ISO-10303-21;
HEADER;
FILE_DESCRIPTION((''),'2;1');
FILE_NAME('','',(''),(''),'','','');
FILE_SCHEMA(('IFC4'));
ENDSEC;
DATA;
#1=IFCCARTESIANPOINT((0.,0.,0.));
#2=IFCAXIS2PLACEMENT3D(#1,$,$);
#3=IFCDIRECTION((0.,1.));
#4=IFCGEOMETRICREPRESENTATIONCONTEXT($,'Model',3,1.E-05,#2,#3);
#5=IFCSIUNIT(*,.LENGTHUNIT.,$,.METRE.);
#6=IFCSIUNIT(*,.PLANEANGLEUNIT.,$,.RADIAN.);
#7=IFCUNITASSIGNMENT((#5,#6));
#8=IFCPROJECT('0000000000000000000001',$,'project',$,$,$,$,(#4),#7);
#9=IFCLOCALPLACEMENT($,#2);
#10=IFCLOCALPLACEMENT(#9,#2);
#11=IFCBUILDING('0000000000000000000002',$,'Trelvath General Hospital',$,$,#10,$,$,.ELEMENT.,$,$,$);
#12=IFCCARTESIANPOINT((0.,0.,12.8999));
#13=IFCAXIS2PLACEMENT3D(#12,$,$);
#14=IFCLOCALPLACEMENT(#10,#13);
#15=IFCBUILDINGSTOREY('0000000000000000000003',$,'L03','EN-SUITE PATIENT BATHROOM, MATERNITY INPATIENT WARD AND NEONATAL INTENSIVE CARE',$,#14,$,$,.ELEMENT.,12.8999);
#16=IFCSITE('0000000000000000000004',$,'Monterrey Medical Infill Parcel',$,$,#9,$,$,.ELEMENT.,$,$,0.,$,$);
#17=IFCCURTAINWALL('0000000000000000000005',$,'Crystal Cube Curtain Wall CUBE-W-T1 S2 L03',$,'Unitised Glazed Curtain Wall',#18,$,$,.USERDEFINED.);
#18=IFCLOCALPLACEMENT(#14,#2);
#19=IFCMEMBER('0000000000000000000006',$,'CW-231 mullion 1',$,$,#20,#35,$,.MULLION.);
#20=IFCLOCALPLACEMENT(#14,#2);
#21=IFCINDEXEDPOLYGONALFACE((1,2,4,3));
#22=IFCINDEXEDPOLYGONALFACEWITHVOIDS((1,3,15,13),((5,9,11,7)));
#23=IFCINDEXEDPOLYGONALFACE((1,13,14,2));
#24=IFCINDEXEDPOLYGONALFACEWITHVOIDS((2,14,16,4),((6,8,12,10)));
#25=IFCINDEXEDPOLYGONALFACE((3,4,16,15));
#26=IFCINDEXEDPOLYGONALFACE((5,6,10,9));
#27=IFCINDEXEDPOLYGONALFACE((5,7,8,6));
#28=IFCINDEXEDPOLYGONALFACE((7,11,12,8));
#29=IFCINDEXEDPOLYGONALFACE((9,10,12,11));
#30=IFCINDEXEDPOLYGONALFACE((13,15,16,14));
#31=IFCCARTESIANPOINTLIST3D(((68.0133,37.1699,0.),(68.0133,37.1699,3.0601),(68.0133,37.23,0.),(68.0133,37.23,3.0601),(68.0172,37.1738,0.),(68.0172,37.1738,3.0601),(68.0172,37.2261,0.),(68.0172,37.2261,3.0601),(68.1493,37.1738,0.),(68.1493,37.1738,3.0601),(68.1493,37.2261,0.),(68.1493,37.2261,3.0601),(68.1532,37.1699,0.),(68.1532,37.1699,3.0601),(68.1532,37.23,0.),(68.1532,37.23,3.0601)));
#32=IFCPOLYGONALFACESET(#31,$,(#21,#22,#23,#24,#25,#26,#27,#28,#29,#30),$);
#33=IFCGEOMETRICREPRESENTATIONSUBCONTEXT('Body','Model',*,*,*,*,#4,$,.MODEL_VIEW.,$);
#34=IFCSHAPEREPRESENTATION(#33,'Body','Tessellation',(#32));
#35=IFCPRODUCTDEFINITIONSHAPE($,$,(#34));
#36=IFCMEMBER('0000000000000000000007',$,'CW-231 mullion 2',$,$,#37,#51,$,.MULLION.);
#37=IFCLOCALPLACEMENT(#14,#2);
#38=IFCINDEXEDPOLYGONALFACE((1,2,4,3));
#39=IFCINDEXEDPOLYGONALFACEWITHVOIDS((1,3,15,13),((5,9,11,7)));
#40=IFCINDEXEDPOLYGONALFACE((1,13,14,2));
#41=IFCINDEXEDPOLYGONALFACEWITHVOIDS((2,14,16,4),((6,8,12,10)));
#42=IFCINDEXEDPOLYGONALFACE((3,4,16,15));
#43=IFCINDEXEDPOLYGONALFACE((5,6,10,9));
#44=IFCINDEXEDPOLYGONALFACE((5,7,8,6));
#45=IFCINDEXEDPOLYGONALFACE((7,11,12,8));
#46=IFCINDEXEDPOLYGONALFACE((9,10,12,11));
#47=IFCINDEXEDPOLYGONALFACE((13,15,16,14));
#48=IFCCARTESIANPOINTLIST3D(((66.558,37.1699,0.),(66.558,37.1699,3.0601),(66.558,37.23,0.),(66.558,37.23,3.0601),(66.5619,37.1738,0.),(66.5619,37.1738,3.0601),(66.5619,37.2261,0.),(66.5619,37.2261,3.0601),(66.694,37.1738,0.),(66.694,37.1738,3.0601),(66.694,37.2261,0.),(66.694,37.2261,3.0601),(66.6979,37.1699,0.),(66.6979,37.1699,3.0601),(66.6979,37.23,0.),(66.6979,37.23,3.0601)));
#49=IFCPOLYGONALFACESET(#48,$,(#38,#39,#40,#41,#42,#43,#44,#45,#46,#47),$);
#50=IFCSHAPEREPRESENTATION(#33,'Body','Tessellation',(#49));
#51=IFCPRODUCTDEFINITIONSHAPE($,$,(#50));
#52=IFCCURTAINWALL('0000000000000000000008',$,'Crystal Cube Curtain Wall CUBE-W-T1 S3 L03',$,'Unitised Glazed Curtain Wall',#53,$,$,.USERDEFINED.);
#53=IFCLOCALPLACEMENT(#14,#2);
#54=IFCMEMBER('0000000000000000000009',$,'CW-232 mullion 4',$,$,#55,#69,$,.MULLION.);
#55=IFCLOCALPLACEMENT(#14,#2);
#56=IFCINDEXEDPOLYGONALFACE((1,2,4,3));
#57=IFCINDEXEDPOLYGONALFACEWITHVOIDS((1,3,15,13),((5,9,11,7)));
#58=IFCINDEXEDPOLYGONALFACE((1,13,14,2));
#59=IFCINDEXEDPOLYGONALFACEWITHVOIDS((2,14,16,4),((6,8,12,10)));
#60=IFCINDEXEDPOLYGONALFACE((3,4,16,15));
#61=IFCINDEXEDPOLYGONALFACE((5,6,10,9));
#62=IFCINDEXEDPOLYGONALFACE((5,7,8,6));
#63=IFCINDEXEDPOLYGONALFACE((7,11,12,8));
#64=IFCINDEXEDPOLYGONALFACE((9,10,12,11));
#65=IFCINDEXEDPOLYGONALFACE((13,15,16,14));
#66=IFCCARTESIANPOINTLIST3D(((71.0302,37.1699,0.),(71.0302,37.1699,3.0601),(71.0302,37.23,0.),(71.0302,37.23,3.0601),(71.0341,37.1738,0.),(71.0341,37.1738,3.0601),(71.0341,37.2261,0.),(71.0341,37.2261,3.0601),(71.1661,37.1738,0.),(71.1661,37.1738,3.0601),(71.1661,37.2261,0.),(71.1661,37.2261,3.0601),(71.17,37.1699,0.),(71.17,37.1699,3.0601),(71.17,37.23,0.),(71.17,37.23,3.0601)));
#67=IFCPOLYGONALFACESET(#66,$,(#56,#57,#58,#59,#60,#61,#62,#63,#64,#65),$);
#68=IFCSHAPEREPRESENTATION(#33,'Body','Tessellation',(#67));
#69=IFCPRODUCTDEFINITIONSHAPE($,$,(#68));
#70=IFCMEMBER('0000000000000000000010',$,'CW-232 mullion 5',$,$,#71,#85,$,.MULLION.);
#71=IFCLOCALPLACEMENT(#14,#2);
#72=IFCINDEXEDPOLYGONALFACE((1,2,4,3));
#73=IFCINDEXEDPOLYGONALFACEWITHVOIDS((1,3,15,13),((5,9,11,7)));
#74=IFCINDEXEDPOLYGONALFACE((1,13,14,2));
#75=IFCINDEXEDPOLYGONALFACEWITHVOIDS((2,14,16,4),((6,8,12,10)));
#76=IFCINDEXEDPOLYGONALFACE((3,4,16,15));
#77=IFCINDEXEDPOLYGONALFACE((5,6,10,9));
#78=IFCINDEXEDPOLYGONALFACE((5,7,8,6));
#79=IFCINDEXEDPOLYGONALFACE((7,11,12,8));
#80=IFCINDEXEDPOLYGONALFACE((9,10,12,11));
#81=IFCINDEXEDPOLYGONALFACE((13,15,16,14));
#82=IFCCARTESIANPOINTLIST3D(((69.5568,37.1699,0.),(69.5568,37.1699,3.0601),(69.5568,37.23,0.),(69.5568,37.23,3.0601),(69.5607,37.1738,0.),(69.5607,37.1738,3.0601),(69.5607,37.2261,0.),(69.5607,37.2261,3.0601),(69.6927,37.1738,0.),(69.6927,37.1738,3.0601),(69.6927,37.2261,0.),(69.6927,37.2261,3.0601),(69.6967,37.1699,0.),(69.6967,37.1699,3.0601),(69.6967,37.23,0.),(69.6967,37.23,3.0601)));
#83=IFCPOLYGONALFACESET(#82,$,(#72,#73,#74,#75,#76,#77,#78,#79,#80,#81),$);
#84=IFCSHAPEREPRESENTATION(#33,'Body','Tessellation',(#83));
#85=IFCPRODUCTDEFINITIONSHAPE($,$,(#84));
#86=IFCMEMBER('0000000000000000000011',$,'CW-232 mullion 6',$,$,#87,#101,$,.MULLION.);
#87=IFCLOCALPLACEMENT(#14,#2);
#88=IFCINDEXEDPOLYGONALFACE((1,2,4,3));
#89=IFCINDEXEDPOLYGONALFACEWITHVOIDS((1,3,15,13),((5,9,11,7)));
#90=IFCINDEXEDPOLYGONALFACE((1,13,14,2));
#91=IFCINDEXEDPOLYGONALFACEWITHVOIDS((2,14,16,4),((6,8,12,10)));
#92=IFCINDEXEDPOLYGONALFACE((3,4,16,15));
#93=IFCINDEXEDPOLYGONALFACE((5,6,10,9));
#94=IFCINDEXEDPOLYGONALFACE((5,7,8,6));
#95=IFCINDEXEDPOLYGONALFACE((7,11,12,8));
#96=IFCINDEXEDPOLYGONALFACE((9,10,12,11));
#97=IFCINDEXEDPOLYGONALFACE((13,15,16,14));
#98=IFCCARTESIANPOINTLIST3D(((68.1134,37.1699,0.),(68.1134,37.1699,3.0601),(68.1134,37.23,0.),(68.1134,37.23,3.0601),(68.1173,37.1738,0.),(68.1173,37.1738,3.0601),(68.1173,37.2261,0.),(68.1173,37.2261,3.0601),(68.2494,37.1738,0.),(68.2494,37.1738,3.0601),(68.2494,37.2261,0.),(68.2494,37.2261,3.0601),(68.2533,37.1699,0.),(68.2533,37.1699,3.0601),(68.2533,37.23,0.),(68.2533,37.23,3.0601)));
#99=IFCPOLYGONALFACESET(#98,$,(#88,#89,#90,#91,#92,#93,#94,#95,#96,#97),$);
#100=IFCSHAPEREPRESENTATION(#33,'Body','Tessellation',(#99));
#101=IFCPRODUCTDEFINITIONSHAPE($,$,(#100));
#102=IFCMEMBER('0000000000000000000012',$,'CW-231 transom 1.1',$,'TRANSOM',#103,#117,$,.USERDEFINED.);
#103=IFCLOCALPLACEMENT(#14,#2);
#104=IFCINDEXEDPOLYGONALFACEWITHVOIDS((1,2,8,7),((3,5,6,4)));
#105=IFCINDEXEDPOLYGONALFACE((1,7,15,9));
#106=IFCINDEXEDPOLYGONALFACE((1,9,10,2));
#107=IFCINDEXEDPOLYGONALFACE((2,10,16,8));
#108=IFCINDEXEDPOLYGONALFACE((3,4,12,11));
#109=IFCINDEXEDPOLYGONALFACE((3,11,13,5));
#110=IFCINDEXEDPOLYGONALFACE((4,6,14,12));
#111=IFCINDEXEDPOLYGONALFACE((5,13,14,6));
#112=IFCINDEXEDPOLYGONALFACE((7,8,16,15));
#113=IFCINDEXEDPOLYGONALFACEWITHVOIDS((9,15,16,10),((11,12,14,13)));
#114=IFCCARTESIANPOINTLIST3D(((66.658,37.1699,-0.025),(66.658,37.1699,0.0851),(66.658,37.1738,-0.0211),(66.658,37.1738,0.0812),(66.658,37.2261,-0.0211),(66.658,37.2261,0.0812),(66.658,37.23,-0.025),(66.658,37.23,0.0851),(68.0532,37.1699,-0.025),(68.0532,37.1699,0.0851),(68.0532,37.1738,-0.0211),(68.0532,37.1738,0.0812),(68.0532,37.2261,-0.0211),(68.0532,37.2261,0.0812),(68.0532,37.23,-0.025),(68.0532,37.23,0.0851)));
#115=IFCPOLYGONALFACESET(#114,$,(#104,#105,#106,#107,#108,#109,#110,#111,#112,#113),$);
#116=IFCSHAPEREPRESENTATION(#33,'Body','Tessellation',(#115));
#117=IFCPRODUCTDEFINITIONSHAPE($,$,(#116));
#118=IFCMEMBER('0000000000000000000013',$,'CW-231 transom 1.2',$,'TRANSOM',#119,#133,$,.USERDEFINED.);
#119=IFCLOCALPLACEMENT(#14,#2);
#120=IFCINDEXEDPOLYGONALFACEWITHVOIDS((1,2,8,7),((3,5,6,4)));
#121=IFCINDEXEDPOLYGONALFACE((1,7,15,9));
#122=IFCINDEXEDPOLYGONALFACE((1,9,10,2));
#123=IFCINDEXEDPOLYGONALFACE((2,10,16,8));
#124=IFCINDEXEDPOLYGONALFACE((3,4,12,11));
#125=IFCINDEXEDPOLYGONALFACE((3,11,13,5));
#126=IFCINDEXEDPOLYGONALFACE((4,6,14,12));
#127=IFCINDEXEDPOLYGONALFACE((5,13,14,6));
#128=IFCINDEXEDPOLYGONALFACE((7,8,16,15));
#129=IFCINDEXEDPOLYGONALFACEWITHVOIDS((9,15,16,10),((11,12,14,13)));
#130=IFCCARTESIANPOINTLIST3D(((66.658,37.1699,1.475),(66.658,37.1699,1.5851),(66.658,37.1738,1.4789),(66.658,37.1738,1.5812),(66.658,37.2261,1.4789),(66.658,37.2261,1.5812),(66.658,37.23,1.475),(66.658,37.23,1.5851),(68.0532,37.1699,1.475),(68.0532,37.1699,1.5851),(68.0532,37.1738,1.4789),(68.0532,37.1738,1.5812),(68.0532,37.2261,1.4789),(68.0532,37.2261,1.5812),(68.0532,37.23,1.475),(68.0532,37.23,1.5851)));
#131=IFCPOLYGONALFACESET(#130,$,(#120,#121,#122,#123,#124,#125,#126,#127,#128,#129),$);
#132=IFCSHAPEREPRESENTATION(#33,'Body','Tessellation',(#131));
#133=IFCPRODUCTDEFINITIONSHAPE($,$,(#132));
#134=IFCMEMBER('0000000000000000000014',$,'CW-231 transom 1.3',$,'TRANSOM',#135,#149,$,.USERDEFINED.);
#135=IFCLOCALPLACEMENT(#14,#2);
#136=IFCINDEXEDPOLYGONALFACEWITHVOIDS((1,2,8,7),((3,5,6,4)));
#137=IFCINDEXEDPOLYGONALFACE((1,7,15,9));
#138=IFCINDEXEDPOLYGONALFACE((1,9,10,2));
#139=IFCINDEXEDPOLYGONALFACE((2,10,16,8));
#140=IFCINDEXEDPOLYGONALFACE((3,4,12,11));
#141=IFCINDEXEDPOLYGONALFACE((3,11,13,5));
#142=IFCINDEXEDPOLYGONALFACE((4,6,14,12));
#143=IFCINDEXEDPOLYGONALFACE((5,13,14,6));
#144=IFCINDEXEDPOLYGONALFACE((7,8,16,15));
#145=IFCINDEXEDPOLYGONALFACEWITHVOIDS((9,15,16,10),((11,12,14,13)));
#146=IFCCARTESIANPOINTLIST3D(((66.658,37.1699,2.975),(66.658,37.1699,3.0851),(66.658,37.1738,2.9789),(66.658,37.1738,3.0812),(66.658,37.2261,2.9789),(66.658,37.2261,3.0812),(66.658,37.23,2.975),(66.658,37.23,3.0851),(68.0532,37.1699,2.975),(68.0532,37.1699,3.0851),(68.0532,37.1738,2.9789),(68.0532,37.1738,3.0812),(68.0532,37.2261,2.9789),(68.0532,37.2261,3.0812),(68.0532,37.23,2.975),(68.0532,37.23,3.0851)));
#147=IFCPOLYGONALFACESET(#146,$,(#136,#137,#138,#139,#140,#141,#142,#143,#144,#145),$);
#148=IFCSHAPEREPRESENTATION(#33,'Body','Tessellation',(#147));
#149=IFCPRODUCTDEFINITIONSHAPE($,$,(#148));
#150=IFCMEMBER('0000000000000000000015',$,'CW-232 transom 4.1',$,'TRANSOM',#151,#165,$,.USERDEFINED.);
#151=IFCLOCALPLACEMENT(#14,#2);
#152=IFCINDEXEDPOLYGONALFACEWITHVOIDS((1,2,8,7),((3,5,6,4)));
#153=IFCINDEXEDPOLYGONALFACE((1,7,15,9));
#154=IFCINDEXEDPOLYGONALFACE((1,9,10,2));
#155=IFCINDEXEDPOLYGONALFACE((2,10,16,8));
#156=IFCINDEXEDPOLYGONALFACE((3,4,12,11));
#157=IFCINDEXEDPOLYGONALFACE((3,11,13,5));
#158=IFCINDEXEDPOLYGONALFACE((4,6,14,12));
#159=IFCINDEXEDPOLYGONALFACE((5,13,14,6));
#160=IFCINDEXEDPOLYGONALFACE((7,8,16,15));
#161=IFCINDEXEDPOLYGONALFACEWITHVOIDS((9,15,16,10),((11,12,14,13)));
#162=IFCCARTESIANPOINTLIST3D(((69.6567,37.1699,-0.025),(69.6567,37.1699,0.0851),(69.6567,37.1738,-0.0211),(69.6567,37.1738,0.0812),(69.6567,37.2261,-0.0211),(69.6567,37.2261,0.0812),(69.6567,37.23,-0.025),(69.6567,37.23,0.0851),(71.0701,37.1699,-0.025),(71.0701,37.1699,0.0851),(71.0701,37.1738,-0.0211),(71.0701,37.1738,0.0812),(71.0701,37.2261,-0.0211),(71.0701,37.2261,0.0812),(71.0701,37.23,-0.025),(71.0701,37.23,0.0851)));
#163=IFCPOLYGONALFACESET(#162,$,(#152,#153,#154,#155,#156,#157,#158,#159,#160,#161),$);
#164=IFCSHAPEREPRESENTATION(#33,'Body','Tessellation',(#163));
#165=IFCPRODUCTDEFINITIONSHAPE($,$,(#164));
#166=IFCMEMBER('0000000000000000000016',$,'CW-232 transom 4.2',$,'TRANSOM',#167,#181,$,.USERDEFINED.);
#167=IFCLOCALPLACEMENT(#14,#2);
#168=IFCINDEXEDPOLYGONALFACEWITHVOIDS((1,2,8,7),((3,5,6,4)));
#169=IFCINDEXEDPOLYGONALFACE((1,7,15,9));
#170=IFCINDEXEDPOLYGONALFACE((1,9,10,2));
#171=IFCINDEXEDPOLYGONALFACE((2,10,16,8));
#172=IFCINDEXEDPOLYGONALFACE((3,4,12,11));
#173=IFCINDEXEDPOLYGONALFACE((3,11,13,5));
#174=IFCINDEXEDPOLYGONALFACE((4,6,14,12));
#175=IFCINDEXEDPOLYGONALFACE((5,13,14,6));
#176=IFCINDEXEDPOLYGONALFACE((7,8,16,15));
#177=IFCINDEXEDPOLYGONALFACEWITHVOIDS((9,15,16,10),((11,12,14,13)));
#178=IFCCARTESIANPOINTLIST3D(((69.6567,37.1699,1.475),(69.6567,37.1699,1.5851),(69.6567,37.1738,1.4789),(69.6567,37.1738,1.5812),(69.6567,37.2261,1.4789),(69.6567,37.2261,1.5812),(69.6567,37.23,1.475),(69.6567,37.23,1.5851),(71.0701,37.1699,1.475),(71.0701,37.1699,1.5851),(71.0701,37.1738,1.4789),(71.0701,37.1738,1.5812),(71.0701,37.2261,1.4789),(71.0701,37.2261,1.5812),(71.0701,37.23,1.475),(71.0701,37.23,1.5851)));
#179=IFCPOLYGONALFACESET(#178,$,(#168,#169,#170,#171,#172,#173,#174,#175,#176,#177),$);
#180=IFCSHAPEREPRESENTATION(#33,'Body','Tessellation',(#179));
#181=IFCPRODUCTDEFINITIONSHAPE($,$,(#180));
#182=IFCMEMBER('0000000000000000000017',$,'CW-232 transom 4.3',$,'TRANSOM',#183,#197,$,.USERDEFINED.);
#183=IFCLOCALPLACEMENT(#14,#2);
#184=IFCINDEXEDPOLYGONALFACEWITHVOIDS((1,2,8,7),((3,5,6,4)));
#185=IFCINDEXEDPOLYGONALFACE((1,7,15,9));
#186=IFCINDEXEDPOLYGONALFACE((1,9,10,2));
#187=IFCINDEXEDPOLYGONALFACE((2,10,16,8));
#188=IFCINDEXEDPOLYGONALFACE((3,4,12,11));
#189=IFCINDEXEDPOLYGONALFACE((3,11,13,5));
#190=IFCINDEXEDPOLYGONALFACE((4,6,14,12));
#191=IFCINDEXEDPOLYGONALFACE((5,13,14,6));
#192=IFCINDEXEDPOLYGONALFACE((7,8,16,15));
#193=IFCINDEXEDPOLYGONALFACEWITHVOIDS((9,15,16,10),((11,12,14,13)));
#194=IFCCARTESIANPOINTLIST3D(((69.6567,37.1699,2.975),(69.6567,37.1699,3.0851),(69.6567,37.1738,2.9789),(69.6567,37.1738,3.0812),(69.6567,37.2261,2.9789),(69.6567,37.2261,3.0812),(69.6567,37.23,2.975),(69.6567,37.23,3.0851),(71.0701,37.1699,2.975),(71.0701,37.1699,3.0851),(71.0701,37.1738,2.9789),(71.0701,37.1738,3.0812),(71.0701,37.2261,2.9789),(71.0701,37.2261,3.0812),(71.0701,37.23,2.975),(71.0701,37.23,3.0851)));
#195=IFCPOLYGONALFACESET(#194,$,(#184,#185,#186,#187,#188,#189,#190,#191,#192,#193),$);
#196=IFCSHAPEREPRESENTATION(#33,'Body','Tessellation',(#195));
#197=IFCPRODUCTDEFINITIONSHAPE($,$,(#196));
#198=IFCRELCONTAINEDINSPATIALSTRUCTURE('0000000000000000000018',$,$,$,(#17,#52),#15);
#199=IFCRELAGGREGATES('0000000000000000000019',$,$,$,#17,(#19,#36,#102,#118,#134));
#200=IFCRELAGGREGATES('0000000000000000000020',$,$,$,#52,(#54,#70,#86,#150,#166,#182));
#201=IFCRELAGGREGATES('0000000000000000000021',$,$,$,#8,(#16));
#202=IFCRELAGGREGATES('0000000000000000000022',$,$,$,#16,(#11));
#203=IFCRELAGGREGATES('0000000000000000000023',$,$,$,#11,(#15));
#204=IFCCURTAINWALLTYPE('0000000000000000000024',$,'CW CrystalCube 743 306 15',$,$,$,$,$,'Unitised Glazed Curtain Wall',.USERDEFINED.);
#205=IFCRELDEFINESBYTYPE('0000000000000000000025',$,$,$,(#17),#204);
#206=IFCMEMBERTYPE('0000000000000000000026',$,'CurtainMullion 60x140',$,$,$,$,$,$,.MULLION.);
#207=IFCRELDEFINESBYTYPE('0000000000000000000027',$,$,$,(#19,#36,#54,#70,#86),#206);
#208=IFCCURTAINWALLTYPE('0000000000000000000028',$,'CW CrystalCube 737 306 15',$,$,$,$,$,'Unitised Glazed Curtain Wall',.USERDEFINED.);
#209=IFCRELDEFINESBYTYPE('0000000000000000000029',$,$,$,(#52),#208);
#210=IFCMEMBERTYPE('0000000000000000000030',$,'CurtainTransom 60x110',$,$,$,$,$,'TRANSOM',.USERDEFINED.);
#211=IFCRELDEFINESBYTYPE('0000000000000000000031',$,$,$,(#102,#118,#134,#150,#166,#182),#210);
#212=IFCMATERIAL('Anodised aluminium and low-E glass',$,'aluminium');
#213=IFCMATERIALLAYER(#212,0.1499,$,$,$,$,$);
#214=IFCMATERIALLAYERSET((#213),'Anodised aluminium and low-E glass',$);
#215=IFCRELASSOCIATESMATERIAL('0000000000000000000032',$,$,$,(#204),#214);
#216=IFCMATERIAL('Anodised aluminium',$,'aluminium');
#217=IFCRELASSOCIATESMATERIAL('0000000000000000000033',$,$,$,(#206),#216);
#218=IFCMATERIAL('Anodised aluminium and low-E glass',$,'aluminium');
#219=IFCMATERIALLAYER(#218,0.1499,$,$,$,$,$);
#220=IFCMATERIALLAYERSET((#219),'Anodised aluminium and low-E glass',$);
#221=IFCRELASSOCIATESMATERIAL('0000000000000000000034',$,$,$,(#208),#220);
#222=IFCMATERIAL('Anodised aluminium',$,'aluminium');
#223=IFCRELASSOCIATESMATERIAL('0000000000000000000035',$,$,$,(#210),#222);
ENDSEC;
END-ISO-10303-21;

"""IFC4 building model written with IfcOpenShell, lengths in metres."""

from ifc_helpers import new_model, si_unit, direction, frame, origin, origin_2d, place, context, subcontext, project, spatial, hollow_rectangle, extrude, material, layer, layer_set, material_profile, profile_set, type_object, element, aggregate, save


model = new_model("IFC4")

# Units and contexts
model_context = context("Model", 3, precision=1e-05, world=origin(), true_north=direction((0.0, 1.0)))
body_context = subcontext(model_context, "Body", "Model", "MODEL_VIEW")
ifc_project = project(units=[si_unit("LENGTHUNIT", "METRE"), si_unit("PLANEANGLEUNIT", "RADIAN")], contexts=[model_context])

# Site, building, storey
site_placement = place(None, origin())
site = spatial("IfcSite", under=ifc_project, at=site_placement, Name="Monterrey Medical Infill Parcel", CompositionType="ELEMENT", RefElevation=0.0)
building_placement = place(site_placement, origin())
building = spatial("IfcBuilding", under=site, at=building_placement, Name="Trelvath General Hospital", CompositionType="ELEMENT")
storey_placement = place(building_placement, frame((0.0, 0.0, 12.8999)))
storey = spatial("IfcBuildingStorey", under=building, at=storey_placement, Name="L03", Description="EN-SUITE PATIENT BATHROOM, MATERNITY INPATIENT WARD AND NEONATAL INTENSIVE CARE", CompositionType="ELEMENT", Elevation=12.8999)

# Curtain walls, members
ifc_material_1 = material(Name="Anodised aluminium and low-E glass", Category="aluminium")
ifc_layer_1 = layer(ifc_material_1, 0.1499)
ifc_layer_set_1 = layer_set([ifc_layer_1], Name="Anodised aluminium and low-E glass")
curtain_wall_type_1 = type_object("IfcCurtainWallType", Name="CW CrystalCube 743 306 15", ElementType="Unitised Glazed Curtain Wall", PredefinedType="USERDEFINED", material=ifc_layer_set_1)
curtain_wall_1_placement = place(storey_placement, origin())
curtain_wall_1 = element("IfcCurtainWall", 1, at=curtain_wall_1_placement, inside=storey, type_object=curtain_wall_type_1, Name="Crystal Cube Curtain Wall CUBE-W-T1 S2 L03", ObjectType="Unitised Glazed Curtain Wall", PredefinedType="USERDEFINED")
ifc_material_2 = material(Name="Anodised aluminium", Category="aluminium")
ifc_material_profile_1 = material_profile(ifc_material_2, hollow_rectangle(XDim=0.0601, YDim=0.1399, WallThickness=0.0039, at=origin_2d()), Name="RHS60x140x4")
ifc_profile_set_1 = profile_set([ifc_material_profile_1], Name="Anodised aluminium")
member_type_1 = type_object("IfcMemberType", Name="CurtainMullion 60x140", PredefinedType="MULLION", material=ifc_profile_set_1)
member_1_placement = place(storey_placement, frame((68.0833, 37.2, 0.0), z_axis=(0.0, 0.0, 1.0), x_axis=(0.0, -1.0, 0.0)))
member_1 = element("IfcMember", 2, at=member_1_placement, type_object=member_type_1, Name="CW-231 mullion 1", PredefinedType="MULLION", context=body_context, shape_type="SweptSolid", body=[
    extrude(hollow_rectangle(XDim=0.0601, YDim=0.1399, WallThickness=0.0039, at=origin_2d()), origin(), (0.0, 0.0, 1.0), 3.0601),
])
member_2_placement = place(storey_placement, frame((66.6279, 37.2, 0.0), z_axis=(0.0, 0.0, 1.0), x_axis=(0.0, -1.0, 0.0)))
member_2 = element("IfcMember", 3, at=member_2_placement, type_object=member_type_1, Name="CW-231 mullion 2", PredefinedType="MULLION", context=body_context, shape_type="SweptSolid", body=[
    extrude(hollow_rectangle(XDim=0.0601, YDim=0.1399, WallThickness=0.0039, at=origin_2d()), origin(), (0.0, 0.0, 1.0), 3.0601),
])
ifc_material_3 = material(Name="Anodised aluminium and low-E glass", Category="aluminium")
ifc_layer_2 = layer(ifc_material_3, 0.1499)
ifc_layer_set_2 = layer_set([ifc_layer_2], Name="Anodised aluminium and low-E glass")
curtain_wall_type_2 = type_object("IfcCurtainWallType", Name="CW CrystalCube 737 306 15", ElementType="Unitised Glazed Curtain Wall", PredefinedType="USERDEFINED", material=ifc_layer_set_2)
curtain_wall_2_placement = place(storey_placement, origin())
curtain_wall_2 = element("IfcCurtainWall", 4, at=curtain_wall_2_placement, inside=storey, type_object=curtain_wall_type_2, Name="Crystal Cube Curtain Wall CUBE-W-T1 S3 L03", ObjectType="Unitised Glazed Curtain Wall", PredefinedType="USERDEFINED")
member_3_placement = place(storey_placement, frame((71.1001, 37.2, 0.0), z_axis=(0.0, 0.0, 1.0), x_axis=(0.0, -1.0, 0.0)))
member_3 = element("IfcMember", 5, at=member_3_placement, type_object=member_type_1, Name="CW-232 mullion 4", PredefinedType="MULLION", context=body_context, shape_type="SweptSolid", body=[
    extrude(hollow_rectangle(XDim=0.0601, YDim=0.1399, WallThickness=0.0039, at=origin_2d()), origin(), (0.0, 0.0, 1.0), 3.0601),
])
member_4_placement = place(storey_placement, frame((69.6267, 37.2, 0.0), z_axis=(0.0, 0.0, 1.0), x_axis=(0.0, -1.0, 0.0)))
member_4 = element("IfcMember", 6, at=member_4_placement, type_object=member_type_1, Name="CW-232 mullion 5", PredefinedType="MULLION", context=body_context, shape_type="SweptSolid", body=[
    extrude(hollow_rectangle(XDim=0.0601, YDim=0.1399, WallThickness=0.0039, at=origin_2d()), origin(), (0.0, 0.0, 1.0), 3.0601),
])
member_5_placement = place(storey_placement, frame((68.1833, 37.2, 0.0), z_axis=(0.0, 0.0, 1.0), x_axis=(0.0, -1.0, 0.0)))
member_5 = element("IfcMember", 7, at=member_5_placement, type_object=member_type_1, Name="CW-232 mullion 6", PredefinedType="MULLION", context=body_context, shape_type="SweptSolid", body=[
    extrude(hollow_rectangle(XDim=0.0601, YDim=0.1399, WallThickness=0.0039, at=origin_2d()), origin(), (0.0, 0.0, 1.0), 3.0601),
])

# Members
ifc_material_4 = material(Name="Anodised aluminium", Category="aluminium")
ifc_material_profile_2 = material_profile(ifc_material_4, hollow_rectangle(XDim=0.0601, YDim=0.1101, WallThickness=0.0039, at=origin_2d()), Name="RHS60x110x4")
ifc_profile_set_2 = profile_set([ifc_material_profile_2], Name="Anodised aluminium")
member_type_2 = type_object("IfcMemberType", Name="CurtainTransom 60x110", ElementType="TRANSOM", PredefinedType="USERDEFINED", material=ifc_profile_set_2)
member_6_placement = place(storey_placement, frame((68.0532, 37.2, 0.03), z_axis=(-1.0, 0.0, 0.0), x_axis=(0.0, -1.0, 0.0)))
member_6 = element("IfcMember", 8, at=member_6_placement, type_object=member_type_2, Name="CW-231 transom 1.1", ObjectType="TRANSOM", PredefinedType="USERDEFINED", context=body_context, shape_type="SweptSolid", body=[
    extrude(hollow_rectangle(XDim=0.0601, YDim=0.1101, WallThickness=0.0039, at=origin_2d()), origin(), (0.0, 0.0, 1.0), 1.3953),
])
member_7_placement = place(storey_placement, frame((68.0532, 37.2, 1.53), z_axis=(-1.0, 0.0, 0.0), x_axis=(0.0, -1.0, 0.0)))
member_7 = element("IfcMember", 9, at=member_7_placement, type_object=member_type_2, Name="CW-231 transom 1.2", ObjectType="TRANSOM", PredefinedType="USERDEFINED", context=body_context, shape_type="SweptSolid", body=[
    extrude(hollow_rectangle(XDim=0.0601, YDim=0.1101, WallThickness=0.0039, at=origin_2d()), origin(), (0.0, 0.0, 1.0), 1.3953),
])
member_8_placement = place(storey_placement, frame((68.0532, 37.2, 3.03), z_axis=(-1.0, 0.0, 0.0), x_axis=(0.0, -1.0, 0.0)))
member_8 = element("IfcMember", 10, at=member_8_placement, type_object=member_type_2, Name="CW-231 transom 1.3", ObjectType="TRANSOM", PredefinedType="USERDEFINED", context=body_context, shape_type="SweptSolid", body=[
    extrude(hollow_rectangle(XDim=0.0601, YDim=0.1101, WallThickness=0.0039, at=origin_2d()), origin(), (0.0, 0.0, 1.0), 1.3953),
])
member_9_placement = place(storey_placement, frame((71.0701, 37.2, 0.03), z_axis=(-1.0, 0.0, 0.0), x_axis=(0.0, -1.0, 0.0)))
member_9 = element("IfcMember", 11, at=member_9_placement, type_object=member_type_2, Name="CW-232 transom 4.1", ObjectType="TRANSOM", PredefinedType="USERDEFINED", context=body_context, shape_type="SweptSolid", body=[
    extrude(hollow_rectangle(XDim=0.0601, YDim=0.1101, WallThickness=0.0039, at=origin_2d()), origin(), (0.0, 0.0, 1.0), 1.4133),
])
member_10_placement = place(storey_placement, frame((71.0701, 37.2, 1.53), z_axis=(-1.0, 0.0, 0.0), x_axis=(0.0, -1.0, 0.0)))
member_10 = element("IfcMember", 12, at=member_10_placement, type_object=member_type_2, Name="CW-232 transom 4.2", ObjectType="TRANSOM", PredefinedType="USERDEFINED", context=body_context, shape_type="SweptSolid", body=[
    extrude(hollow_rectangle(XDim=0.0601, YDim=0.1101, WallThickness=0.0039, at=origin_2d()), origin(), (0.0, 0.0, 1.0), 1.4133),
])
member_11_placement = place(storey_placement, frame((71.0701, 37.2, 3.03), z_axis=(-1.0, 0.0, 0.0), x_axis=(0.0, -1.0, 0.0)))
member_11 = element("IfcMember", 13, at=member_11_placement, type_object=member_type_2, Name="CW-232 transom 4.3", ObjectType="TRANSOM", PredefinedType="USERDEFINED", context=body_context, shape_type="SweptSolid", body=[
    extrude(hollow_rectangle(XDim=0.0601, YDim=0.1101, WallThickness=0.0039, at=origin_2d()), origin(), (0.0, 0.0, 1.0), 1.4133),
])

aggregate(curtain_wall_1, [member_1, member_2, member_6, member_7, member_8])
aggregate(curtain_wall_2, [member_3, member_4, member_5, member_9, member_10, member_11])

save(model, "model.ifc")
